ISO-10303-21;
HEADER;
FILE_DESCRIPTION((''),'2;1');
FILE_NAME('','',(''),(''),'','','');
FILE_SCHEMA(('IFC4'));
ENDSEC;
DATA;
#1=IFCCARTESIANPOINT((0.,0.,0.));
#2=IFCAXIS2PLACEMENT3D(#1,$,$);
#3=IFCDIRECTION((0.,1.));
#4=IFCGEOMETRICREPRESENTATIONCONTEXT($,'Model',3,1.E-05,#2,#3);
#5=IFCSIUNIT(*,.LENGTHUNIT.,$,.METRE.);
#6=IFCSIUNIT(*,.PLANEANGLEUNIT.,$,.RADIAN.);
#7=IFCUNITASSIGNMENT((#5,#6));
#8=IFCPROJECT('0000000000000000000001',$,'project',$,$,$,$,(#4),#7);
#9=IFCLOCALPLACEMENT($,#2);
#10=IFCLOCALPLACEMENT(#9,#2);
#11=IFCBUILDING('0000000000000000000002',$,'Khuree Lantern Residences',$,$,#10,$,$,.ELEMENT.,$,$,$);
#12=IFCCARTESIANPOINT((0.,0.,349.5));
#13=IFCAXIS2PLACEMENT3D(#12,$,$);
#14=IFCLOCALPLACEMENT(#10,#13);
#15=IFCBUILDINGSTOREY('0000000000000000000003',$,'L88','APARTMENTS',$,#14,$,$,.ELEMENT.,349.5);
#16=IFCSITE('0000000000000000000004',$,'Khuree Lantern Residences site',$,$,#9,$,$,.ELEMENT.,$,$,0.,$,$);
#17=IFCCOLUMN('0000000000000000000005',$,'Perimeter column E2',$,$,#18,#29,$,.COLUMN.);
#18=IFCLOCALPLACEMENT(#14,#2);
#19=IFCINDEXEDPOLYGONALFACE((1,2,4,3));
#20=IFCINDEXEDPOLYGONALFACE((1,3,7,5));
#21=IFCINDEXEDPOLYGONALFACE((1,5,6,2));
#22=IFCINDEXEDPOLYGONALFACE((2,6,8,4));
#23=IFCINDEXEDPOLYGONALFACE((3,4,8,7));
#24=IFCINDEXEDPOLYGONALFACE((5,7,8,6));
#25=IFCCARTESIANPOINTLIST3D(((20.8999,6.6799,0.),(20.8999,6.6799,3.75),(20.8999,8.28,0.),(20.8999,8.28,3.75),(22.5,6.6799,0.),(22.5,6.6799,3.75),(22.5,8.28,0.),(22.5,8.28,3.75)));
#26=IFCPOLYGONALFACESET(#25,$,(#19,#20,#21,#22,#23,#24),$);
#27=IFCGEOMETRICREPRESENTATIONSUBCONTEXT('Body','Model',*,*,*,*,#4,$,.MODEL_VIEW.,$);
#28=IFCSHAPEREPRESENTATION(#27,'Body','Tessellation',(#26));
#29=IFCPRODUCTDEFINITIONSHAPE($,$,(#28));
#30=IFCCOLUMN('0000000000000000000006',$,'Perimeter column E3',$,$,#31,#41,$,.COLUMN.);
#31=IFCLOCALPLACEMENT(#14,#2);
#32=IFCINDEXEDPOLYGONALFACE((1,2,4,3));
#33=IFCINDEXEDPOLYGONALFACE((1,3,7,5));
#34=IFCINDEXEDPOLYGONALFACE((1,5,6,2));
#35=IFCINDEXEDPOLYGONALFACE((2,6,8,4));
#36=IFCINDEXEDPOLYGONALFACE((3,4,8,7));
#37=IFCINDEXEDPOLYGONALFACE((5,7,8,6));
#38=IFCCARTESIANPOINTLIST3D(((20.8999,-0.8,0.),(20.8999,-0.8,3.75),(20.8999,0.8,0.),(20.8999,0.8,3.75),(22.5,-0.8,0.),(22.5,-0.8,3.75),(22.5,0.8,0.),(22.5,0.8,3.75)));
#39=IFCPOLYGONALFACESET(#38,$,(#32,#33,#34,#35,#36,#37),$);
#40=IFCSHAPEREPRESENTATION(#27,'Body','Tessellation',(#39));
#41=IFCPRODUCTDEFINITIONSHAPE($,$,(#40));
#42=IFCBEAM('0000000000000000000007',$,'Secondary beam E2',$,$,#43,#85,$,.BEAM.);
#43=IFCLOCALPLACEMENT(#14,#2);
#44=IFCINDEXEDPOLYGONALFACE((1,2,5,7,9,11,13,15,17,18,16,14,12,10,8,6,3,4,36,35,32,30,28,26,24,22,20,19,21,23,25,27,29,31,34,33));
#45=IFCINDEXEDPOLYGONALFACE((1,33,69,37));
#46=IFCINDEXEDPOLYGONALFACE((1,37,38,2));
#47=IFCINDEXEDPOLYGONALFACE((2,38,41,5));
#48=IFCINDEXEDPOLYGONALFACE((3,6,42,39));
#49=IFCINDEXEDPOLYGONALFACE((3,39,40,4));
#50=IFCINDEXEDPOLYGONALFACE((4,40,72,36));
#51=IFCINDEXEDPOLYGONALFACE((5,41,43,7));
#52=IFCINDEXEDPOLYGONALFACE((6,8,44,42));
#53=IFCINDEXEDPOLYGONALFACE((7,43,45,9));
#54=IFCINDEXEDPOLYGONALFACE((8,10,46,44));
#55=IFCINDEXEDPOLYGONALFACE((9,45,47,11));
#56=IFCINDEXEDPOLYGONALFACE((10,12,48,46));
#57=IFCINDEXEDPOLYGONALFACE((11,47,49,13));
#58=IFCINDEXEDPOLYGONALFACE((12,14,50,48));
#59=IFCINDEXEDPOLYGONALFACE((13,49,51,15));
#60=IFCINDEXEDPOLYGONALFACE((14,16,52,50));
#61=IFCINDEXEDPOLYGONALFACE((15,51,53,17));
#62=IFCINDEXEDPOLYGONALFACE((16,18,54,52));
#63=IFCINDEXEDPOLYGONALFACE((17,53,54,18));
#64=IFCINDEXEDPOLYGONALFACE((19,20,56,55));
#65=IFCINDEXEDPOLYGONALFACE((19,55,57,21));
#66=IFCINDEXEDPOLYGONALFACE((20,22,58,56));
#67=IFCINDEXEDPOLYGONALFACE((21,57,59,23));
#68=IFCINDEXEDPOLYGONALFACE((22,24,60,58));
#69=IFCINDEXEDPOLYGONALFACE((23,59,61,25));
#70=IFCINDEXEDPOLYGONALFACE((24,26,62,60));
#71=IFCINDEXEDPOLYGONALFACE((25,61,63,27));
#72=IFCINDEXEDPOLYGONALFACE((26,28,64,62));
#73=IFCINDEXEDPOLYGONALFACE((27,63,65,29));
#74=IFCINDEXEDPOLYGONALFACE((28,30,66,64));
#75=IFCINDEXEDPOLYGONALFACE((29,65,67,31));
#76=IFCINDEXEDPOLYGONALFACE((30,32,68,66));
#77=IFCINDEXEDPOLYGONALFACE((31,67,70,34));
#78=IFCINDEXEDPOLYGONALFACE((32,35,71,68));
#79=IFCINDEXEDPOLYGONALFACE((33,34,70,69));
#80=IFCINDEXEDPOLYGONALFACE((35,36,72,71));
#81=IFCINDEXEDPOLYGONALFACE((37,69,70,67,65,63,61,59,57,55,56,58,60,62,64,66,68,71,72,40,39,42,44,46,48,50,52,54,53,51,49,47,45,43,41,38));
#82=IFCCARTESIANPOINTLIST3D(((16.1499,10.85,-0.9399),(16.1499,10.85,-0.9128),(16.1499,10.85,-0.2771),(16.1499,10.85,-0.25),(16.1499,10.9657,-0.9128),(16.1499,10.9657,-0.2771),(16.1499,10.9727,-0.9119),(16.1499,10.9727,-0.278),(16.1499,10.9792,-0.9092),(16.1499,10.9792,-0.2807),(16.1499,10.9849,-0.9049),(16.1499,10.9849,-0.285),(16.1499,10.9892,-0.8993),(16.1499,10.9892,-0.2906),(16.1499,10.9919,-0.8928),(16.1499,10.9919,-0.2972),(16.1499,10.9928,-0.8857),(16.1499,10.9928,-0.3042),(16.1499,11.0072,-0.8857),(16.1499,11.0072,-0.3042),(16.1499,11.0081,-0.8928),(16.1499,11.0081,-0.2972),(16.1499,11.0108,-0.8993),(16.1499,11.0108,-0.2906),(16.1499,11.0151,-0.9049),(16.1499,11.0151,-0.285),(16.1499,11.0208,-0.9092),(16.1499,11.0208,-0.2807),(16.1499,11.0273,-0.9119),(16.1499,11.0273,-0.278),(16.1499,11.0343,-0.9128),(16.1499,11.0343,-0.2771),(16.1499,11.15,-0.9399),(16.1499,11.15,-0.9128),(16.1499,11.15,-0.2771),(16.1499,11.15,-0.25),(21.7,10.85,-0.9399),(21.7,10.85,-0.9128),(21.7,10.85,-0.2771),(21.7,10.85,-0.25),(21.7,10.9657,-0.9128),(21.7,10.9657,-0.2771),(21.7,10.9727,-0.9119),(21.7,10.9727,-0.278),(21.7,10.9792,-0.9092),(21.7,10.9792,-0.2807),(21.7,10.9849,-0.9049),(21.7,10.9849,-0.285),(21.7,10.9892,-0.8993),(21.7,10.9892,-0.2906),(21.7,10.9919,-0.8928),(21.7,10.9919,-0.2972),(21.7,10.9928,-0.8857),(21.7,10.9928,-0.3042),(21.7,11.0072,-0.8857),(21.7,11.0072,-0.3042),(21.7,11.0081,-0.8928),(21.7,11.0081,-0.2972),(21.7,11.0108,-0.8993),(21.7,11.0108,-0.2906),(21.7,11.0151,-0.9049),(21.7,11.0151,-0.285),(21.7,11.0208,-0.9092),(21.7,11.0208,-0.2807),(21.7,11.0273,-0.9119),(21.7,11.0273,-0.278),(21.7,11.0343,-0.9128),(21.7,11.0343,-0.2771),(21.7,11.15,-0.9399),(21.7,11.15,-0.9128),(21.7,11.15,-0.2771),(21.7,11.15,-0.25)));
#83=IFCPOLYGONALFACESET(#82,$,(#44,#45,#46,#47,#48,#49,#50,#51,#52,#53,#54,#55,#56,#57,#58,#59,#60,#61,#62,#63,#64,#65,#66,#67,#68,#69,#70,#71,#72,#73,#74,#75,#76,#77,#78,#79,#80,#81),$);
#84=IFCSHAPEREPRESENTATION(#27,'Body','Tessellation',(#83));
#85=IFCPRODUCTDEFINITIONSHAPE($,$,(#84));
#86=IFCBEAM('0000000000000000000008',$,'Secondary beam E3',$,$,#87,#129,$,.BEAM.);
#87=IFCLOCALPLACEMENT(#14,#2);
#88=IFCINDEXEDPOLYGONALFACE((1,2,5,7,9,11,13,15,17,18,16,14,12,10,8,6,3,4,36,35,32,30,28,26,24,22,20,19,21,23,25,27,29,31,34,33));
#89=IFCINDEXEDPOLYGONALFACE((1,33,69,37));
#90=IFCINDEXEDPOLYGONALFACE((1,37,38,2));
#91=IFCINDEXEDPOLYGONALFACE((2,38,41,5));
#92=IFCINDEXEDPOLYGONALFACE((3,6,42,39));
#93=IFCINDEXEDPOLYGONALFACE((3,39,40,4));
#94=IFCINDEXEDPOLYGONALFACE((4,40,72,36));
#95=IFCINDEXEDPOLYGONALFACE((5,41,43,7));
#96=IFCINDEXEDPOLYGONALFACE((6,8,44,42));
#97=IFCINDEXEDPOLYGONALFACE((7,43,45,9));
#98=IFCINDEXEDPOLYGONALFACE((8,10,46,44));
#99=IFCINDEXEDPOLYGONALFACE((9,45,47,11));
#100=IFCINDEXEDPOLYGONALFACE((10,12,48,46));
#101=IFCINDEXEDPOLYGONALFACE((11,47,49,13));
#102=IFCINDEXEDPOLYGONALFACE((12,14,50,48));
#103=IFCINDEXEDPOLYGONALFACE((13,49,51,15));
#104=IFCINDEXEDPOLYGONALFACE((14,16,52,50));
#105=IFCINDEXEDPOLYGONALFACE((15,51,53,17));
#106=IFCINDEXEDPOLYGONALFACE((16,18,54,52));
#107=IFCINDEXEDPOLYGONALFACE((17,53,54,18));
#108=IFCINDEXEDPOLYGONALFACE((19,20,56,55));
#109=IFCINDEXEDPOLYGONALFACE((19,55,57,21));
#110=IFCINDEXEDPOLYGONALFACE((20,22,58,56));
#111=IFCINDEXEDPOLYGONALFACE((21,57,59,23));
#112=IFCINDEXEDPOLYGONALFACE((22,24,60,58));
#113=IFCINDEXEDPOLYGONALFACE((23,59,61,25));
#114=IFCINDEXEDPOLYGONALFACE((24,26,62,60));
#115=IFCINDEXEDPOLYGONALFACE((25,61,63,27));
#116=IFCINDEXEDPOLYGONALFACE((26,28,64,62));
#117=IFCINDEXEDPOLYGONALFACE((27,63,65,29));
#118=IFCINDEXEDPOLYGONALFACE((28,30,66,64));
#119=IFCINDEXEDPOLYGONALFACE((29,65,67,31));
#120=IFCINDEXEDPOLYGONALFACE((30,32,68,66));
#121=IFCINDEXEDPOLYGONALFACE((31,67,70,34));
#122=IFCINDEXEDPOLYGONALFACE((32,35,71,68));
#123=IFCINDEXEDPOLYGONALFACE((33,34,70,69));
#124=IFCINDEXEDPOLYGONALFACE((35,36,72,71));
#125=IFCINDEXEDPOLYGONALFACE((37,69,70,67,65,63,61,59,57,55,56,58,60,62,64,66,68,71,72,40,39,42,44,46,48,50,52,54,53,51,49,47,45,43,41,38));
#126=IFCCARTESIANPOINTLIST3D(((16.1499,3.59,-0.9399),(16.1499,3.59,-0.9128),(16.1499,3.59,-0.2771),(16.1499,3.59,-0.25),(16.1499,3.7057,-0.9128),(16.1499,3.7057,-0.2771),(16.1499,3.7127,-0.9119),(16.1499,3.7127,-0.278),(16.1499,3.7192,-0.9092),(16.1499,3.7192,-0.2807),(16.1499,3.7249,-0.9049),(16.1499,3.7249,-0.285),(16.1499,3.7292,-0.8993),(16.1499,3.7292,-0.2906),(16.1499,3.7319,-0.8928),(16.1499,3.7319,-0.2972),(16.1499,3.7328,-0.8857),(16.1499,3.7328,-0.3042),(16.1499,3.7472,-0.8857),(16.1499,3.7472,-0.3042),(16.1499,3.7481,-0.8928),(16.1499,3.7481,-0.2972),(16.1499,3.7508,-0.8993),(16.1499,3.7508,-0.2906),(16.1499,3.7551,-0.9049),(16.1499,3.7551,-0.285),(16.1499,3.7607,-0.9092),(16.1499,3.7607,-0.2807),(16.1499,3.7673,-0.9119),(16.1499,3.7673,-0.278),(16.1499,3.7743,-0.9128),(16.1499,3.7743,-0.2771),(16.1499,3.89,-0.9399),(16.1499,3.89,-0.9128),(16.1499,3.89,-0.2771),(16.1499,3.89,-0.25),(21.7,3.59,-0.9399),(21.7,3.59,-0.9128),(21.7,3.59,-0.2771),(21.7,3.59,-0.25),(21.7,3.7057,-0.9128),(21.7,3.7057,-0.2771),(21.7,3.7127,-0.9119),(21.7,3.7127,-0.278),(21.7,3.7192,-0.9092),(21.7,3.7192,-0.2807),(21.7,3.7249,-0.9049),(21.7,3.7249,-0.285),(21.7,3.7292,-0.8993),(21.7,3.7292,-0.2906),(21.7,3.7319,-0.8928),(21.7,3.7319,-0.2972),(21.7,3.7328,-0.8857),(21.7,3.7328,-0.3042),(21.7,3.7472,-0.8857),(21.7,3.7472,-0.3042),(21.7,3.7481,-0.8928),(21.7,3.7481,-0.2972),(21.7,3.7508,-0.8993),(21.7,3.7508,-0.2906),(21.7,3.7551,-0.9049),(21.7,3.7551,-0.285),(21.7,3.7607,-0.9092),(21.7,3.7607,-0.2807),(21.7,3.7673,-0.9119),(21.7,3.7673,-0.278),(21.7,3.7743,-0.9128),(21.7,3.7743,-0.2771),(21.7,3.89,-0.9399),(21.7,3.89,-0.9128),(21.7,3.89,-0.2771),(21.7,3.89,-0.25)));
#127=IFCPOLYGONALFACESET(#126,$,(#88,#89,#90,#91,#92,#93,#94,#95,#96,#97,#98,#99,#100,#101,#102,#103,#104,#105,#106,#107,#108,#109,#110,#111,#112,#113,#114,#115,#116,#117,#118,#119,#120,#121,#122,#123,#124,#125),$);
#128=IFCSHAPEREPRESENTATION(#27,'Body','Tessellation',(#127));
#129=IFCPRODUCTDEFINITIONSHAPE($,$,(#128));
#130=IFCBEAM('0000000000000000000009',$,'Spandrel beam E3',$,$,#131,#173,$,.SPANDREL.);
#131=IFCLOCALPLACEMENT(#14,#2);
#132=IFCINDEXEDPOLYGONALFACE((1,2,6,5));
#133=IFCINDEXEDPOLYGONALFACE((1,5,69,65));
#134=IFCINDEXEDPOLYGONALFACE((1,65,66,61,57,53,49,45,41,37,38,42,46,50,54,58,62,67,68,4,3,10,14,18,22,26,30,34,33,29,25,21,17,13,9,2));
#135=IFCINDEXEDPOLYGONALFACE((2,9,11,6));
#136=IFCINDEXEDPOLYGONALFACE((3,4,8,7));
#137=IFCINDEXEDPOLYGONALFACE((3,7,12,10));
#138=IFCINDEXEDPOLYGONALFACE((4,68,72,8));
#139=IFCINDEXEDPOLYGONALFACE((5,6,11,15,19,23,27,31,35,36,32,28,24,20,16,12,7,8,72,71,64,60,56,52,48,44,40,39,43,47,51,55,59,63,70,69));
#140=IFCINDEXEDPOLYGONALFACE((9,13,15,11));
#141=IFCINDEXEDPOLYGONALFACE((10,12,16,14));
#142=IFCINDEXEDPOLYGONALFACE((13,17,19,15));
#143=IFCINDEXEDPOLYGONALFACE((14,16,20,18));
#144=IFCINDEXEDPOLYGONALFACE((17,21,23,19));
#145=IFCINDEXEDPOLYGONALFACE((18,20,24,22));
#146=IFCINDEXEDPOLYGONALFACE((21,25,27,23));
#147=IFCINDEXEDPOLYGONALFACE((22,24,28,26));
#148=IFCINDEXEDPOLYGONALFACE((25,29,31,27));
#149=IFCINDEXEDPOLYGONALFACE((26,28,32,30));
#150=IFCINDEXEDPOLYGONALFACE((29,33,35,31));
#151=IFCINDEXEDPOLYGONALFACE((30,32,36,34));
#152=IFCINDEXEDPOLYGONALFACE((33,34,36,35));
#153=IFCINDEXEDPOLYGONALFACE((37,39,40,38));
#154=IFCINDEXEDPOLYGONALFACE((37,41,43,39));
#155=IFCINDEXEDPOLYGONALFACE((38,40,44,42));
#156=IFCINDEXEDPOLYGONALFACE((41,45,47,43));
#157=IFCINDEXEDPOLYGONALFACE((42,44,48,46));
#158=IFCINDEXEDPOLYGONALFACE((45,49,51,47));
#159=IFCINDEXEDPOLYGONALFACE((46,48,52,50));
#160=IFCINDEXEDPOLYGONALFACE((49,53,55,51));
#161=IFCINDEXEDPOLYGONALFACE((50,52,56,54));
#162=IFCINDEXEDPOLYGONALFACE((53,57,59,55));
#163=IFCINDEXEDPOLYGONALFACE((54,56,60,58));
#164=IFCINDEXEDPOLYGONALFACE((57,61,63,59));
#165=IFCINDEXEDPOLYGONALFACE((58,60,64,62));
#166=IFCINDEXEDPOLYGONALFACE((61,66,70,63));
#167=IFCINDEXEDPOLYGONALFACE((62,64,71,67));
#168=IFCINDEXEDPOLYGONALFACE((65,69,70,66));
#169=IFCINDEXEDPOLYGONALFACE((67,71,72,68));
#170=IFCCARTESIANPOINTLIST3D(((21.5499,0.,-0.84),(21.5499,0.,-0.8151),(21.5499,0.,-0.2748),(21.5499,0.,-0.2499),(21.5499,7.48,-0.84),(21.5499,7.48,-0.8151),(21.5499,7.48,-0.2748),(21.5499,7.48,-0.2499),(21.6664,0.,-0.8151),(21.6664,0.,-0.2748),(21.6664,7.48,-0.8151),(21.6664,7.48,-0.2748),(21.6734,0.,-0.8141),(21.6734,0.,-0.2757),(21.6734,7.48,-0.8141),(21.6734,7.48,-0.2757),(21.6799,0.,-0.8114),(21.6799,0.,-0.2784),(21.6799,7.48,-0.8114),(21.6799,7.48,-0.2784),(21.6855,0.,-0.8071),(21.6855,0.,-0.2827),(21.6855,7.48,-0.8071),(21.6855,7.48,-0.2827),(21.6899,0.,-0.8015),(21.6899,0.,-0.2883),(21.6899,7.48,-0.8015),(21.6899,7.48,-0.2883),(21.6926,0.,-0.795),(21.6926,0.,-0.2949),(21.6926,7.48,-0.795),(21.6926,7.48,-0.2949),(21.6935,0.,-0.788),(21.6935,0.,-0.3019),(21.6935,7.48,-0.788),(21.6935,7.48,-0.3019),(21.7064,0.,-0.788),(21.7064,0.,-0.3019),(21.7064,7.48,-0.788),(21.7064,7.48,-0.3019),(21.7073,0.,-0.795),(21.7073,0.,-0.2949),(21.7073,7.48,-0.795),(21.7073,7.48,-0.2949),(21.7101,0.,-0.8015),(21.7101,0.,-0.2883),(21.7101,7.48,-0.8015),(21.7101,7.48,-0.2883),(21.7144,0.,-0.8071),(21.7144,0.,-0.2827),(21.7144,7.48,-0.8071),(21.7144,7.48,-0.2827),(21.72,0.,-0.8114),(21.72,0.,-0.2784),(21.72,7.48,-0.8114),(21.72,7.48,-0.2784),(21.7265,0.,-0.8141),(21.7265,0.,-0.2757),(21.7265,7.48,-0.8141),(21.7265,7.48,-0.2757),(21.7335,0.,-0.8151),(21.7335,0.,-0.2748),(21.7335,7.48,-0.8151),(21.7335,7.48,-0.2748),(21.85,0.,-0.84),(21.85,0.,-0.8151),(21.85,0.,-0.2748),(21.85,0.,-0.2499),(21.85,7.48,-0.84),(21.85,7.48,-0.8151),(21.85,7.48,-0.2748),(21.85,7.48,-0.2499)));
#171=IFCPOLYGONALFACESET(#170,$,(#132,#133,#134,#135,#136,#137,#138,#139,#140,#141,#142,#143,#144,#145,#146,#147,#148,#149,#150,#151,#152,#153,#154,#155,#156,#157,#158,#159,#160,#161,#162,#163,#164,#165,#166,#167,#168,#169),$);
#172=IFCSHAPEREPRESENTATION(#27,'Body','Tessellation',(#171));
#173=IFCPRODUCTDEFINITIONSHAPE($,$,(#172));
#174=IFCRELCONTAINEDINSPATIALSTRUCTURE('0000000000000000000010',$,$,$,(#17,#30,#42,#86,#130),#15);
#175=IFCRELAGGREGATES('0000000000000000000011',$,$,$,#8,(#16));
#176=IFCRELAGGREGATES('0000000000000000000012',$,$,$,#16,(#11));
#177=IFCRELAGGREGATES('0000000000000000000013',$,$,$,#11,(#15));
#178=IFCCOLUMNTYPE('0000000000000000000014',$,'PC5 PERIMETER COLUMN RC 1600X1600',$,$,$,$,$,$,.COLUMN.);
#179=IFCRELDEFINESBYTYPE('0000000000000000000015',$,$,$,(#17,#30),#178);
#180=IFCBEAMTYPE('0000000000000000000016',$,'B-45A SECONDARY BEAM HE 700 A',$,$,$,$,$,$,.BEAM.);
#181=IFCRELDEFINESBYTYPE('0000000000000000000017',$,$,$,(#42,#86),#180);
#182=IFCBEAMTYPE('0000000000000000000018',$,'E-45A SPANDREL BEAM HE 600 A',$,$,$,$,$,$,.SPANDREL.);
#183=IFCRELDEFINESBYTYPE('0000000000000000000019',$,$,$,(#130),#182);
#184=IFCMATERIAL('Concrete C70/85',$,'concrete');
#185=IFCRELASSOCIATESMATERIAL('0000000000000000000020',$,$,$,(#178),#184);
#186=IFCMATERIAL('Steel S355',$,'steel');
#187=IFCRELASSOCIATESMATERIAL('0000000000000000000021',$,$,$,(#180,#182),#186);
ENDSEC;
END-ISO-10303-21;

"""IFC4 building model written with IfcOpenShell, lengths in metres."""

from ifc_helpers import new_model, si_unit, direction, frame, origin, origin_2d, place, context, subcontext, project, spatial, rectangle, i_section, extrude, material, material_profile, profile_set, type_object, element, save


model = new_model("IFC4")

# Units and contexts
model_context = context("Model", 3, precision=1e-05, world=origin(), true_north=direction((0.0, 1.0)))
body_context = subcontext(model_context, "Body", "Model", "MODEL_VIEW")
ifc_project = project(units=[si_unit("LENGTHUNIT", "METRE"), si_unit("PLANEANGLEUNIT", "RADIAN")], contexts=[model_context])

# Site, building, storey
site_placement = place(None, origin())
site = spatial("IfcSite", under=ifc_project, at=site_placement, Name="Khuree Lantern Residences site", CompositionType="ELEMENT", RefElevation=0.0)
building_placement = place(site_placement, origin())
building = spatial("IfcBuilding", under=site, at=building_placement, Name="Khuree Lantern Residences", CompositionType="ELEMENT")
storey_placement = place(building_placement, frame((0.0, 0.0, 349.5)))
storey = spatial("IfcBuildingStorey", under=building, at=storey_placement, Name="L88", Description="APARTMENTS", CompositionType="ELEMENT", Elevation=349.5)

# Columns
ifc_material_1 = material(Name="Concrete C70/85", Category="concrete")
ifc_material_profile_1 = material_profile(ifc_material_1, rectangle(XDim=1.6001, YDim=1.6001, at=origin_2d()), Name="RC 1600X1600")
ifc_profile_set_1 = profile_set([ifc_material_profile_1], Name="Concrete C70/85")
column_type = type_object("IfcColumnType", Name="PC5 PERIMETER COLUMN RC 1600X1600", PredefinedType="COLUMN", material=ifc_profile_set_1)
for number, where, z_axis, x_axis, name in (
    (1, (21.7, 7.48, 0.0), (0.0, 0.0, 1.0), (0.0, 1.0, 0.0), "Perimeter column E2"),
    (2, (21.7, 0.0, 0.0), (0.0, 0.0, 1.0), (0.0, 1.0, 0.0), "Perimeter column E3"),
):
    element("IfcColumn", number, at=place(storey_placement, frame(where, z_axis=z_axis, x_axis=x_axis)), inside=storey, type_object=column_type, Name=name, PredefinedType="COLUMN", context=body_context, shape_type="SweptSolid", body=[
        extrude(rectangle(XDim=1.6001, YDim=1.6001, at=origin_2d()), origin(), (0.0, 0.0, 1.0), 3.75),
    ])

# Beams
ifc_material_2 = material(Name="Steel S355", Category="steel")
ifc_material_profile_2 = material_profile(ifc_material_2, i_section(OverallWidth=0.3, OverallDepth=0.6899, WebThickness=0.0144, FlangeThickness=0.0271, FilletRadius=0.0271, at=origin_2d()), Name="HE 700 A")
ifc_profile_set_2 = profile_set([ifc_material_profile_2], Name="Steel S355")
beam_type_1 = type_object("IfcBeamType", Name="B-45A SECONDARY BEAM HE 700 A", PredefinedType="BEAM", material=ifc_profile_set_2)
for number, where, z_axis, x_axis, name in (
    (3, (21.7, 11.0, -0.595), (-1.0, 0.0, 0.0), (0.0, -1.0, 0.0), "Secondary beam E2"),
    (4, (21.7, 3.74, -0.595), (-1.0, 0.0, 0.0), (0.0, -1.0, 0.0), "Secondary beam E3"),
):
    element("IfcBeam", number, at=place(storey_placement, frame(where, z_axis=z_axis, x_axis=x_axis)), inside=storey, type_object=beam_type_1, Name=name, PredefinedType="BEAM", context=body_context, shape_type="SweptSolid", body=[
        extrude(i_section(OverallWidth=0.3, OverallDepth=0.6899, WebThickness=0.0144, FlangeThickness=0.0271, FilletRadius=0.0271, at=origin_2d()), origin(), (0.0, 0.0, 1.0), 5.55),
    ])
ifc_material_profile_3 = material_profile(ifc_material_2, i_section(OverallWidth=0.3, OverallDepth=0.5901, WebThickness=0.0129, FlangeThickness=0.0249, FilletRadius=0.0271, at=origin_2d()), Name="HE 600 A")
ifc_profile_set_3 = profile_set([ifc_material_profile_3], Name="Steel S355")
beam_type_2 = type_object("IfcBeamType", Name="E-45A SPANDREL BEAM HE 600 A", PredefinedType="SPANDREL", material=ifc_profile_set_3)
for number, where, z_axis, x_axis, name in (
    (5, (21.7, 7.48, -0.5449), (0.0, -1.0, 0.0), (1.0, 0.0, 0.0), "Spandrel beam E3"),
):
    element("IfcBeam", number, at=place(storey_placement, frame(where, z_axis=z_axis, x_axis=x_axis)), inside=storey, type_object=beam_type_2, Name=name, PredefinedType="SPANDREL", context=body_context, shape_type="SweptSolid", body=[
        extrude(i_section(OverallWidth=0.3, OverallDepth=0.5901, WebThickness=0.0129, FlangeThickness=0.0249, FilletRadius=0.0271, at=origin_2d()), origin(), (0.0, 0.0, 1.0), 7.48),
    ])

save(model, "model.ifc")
